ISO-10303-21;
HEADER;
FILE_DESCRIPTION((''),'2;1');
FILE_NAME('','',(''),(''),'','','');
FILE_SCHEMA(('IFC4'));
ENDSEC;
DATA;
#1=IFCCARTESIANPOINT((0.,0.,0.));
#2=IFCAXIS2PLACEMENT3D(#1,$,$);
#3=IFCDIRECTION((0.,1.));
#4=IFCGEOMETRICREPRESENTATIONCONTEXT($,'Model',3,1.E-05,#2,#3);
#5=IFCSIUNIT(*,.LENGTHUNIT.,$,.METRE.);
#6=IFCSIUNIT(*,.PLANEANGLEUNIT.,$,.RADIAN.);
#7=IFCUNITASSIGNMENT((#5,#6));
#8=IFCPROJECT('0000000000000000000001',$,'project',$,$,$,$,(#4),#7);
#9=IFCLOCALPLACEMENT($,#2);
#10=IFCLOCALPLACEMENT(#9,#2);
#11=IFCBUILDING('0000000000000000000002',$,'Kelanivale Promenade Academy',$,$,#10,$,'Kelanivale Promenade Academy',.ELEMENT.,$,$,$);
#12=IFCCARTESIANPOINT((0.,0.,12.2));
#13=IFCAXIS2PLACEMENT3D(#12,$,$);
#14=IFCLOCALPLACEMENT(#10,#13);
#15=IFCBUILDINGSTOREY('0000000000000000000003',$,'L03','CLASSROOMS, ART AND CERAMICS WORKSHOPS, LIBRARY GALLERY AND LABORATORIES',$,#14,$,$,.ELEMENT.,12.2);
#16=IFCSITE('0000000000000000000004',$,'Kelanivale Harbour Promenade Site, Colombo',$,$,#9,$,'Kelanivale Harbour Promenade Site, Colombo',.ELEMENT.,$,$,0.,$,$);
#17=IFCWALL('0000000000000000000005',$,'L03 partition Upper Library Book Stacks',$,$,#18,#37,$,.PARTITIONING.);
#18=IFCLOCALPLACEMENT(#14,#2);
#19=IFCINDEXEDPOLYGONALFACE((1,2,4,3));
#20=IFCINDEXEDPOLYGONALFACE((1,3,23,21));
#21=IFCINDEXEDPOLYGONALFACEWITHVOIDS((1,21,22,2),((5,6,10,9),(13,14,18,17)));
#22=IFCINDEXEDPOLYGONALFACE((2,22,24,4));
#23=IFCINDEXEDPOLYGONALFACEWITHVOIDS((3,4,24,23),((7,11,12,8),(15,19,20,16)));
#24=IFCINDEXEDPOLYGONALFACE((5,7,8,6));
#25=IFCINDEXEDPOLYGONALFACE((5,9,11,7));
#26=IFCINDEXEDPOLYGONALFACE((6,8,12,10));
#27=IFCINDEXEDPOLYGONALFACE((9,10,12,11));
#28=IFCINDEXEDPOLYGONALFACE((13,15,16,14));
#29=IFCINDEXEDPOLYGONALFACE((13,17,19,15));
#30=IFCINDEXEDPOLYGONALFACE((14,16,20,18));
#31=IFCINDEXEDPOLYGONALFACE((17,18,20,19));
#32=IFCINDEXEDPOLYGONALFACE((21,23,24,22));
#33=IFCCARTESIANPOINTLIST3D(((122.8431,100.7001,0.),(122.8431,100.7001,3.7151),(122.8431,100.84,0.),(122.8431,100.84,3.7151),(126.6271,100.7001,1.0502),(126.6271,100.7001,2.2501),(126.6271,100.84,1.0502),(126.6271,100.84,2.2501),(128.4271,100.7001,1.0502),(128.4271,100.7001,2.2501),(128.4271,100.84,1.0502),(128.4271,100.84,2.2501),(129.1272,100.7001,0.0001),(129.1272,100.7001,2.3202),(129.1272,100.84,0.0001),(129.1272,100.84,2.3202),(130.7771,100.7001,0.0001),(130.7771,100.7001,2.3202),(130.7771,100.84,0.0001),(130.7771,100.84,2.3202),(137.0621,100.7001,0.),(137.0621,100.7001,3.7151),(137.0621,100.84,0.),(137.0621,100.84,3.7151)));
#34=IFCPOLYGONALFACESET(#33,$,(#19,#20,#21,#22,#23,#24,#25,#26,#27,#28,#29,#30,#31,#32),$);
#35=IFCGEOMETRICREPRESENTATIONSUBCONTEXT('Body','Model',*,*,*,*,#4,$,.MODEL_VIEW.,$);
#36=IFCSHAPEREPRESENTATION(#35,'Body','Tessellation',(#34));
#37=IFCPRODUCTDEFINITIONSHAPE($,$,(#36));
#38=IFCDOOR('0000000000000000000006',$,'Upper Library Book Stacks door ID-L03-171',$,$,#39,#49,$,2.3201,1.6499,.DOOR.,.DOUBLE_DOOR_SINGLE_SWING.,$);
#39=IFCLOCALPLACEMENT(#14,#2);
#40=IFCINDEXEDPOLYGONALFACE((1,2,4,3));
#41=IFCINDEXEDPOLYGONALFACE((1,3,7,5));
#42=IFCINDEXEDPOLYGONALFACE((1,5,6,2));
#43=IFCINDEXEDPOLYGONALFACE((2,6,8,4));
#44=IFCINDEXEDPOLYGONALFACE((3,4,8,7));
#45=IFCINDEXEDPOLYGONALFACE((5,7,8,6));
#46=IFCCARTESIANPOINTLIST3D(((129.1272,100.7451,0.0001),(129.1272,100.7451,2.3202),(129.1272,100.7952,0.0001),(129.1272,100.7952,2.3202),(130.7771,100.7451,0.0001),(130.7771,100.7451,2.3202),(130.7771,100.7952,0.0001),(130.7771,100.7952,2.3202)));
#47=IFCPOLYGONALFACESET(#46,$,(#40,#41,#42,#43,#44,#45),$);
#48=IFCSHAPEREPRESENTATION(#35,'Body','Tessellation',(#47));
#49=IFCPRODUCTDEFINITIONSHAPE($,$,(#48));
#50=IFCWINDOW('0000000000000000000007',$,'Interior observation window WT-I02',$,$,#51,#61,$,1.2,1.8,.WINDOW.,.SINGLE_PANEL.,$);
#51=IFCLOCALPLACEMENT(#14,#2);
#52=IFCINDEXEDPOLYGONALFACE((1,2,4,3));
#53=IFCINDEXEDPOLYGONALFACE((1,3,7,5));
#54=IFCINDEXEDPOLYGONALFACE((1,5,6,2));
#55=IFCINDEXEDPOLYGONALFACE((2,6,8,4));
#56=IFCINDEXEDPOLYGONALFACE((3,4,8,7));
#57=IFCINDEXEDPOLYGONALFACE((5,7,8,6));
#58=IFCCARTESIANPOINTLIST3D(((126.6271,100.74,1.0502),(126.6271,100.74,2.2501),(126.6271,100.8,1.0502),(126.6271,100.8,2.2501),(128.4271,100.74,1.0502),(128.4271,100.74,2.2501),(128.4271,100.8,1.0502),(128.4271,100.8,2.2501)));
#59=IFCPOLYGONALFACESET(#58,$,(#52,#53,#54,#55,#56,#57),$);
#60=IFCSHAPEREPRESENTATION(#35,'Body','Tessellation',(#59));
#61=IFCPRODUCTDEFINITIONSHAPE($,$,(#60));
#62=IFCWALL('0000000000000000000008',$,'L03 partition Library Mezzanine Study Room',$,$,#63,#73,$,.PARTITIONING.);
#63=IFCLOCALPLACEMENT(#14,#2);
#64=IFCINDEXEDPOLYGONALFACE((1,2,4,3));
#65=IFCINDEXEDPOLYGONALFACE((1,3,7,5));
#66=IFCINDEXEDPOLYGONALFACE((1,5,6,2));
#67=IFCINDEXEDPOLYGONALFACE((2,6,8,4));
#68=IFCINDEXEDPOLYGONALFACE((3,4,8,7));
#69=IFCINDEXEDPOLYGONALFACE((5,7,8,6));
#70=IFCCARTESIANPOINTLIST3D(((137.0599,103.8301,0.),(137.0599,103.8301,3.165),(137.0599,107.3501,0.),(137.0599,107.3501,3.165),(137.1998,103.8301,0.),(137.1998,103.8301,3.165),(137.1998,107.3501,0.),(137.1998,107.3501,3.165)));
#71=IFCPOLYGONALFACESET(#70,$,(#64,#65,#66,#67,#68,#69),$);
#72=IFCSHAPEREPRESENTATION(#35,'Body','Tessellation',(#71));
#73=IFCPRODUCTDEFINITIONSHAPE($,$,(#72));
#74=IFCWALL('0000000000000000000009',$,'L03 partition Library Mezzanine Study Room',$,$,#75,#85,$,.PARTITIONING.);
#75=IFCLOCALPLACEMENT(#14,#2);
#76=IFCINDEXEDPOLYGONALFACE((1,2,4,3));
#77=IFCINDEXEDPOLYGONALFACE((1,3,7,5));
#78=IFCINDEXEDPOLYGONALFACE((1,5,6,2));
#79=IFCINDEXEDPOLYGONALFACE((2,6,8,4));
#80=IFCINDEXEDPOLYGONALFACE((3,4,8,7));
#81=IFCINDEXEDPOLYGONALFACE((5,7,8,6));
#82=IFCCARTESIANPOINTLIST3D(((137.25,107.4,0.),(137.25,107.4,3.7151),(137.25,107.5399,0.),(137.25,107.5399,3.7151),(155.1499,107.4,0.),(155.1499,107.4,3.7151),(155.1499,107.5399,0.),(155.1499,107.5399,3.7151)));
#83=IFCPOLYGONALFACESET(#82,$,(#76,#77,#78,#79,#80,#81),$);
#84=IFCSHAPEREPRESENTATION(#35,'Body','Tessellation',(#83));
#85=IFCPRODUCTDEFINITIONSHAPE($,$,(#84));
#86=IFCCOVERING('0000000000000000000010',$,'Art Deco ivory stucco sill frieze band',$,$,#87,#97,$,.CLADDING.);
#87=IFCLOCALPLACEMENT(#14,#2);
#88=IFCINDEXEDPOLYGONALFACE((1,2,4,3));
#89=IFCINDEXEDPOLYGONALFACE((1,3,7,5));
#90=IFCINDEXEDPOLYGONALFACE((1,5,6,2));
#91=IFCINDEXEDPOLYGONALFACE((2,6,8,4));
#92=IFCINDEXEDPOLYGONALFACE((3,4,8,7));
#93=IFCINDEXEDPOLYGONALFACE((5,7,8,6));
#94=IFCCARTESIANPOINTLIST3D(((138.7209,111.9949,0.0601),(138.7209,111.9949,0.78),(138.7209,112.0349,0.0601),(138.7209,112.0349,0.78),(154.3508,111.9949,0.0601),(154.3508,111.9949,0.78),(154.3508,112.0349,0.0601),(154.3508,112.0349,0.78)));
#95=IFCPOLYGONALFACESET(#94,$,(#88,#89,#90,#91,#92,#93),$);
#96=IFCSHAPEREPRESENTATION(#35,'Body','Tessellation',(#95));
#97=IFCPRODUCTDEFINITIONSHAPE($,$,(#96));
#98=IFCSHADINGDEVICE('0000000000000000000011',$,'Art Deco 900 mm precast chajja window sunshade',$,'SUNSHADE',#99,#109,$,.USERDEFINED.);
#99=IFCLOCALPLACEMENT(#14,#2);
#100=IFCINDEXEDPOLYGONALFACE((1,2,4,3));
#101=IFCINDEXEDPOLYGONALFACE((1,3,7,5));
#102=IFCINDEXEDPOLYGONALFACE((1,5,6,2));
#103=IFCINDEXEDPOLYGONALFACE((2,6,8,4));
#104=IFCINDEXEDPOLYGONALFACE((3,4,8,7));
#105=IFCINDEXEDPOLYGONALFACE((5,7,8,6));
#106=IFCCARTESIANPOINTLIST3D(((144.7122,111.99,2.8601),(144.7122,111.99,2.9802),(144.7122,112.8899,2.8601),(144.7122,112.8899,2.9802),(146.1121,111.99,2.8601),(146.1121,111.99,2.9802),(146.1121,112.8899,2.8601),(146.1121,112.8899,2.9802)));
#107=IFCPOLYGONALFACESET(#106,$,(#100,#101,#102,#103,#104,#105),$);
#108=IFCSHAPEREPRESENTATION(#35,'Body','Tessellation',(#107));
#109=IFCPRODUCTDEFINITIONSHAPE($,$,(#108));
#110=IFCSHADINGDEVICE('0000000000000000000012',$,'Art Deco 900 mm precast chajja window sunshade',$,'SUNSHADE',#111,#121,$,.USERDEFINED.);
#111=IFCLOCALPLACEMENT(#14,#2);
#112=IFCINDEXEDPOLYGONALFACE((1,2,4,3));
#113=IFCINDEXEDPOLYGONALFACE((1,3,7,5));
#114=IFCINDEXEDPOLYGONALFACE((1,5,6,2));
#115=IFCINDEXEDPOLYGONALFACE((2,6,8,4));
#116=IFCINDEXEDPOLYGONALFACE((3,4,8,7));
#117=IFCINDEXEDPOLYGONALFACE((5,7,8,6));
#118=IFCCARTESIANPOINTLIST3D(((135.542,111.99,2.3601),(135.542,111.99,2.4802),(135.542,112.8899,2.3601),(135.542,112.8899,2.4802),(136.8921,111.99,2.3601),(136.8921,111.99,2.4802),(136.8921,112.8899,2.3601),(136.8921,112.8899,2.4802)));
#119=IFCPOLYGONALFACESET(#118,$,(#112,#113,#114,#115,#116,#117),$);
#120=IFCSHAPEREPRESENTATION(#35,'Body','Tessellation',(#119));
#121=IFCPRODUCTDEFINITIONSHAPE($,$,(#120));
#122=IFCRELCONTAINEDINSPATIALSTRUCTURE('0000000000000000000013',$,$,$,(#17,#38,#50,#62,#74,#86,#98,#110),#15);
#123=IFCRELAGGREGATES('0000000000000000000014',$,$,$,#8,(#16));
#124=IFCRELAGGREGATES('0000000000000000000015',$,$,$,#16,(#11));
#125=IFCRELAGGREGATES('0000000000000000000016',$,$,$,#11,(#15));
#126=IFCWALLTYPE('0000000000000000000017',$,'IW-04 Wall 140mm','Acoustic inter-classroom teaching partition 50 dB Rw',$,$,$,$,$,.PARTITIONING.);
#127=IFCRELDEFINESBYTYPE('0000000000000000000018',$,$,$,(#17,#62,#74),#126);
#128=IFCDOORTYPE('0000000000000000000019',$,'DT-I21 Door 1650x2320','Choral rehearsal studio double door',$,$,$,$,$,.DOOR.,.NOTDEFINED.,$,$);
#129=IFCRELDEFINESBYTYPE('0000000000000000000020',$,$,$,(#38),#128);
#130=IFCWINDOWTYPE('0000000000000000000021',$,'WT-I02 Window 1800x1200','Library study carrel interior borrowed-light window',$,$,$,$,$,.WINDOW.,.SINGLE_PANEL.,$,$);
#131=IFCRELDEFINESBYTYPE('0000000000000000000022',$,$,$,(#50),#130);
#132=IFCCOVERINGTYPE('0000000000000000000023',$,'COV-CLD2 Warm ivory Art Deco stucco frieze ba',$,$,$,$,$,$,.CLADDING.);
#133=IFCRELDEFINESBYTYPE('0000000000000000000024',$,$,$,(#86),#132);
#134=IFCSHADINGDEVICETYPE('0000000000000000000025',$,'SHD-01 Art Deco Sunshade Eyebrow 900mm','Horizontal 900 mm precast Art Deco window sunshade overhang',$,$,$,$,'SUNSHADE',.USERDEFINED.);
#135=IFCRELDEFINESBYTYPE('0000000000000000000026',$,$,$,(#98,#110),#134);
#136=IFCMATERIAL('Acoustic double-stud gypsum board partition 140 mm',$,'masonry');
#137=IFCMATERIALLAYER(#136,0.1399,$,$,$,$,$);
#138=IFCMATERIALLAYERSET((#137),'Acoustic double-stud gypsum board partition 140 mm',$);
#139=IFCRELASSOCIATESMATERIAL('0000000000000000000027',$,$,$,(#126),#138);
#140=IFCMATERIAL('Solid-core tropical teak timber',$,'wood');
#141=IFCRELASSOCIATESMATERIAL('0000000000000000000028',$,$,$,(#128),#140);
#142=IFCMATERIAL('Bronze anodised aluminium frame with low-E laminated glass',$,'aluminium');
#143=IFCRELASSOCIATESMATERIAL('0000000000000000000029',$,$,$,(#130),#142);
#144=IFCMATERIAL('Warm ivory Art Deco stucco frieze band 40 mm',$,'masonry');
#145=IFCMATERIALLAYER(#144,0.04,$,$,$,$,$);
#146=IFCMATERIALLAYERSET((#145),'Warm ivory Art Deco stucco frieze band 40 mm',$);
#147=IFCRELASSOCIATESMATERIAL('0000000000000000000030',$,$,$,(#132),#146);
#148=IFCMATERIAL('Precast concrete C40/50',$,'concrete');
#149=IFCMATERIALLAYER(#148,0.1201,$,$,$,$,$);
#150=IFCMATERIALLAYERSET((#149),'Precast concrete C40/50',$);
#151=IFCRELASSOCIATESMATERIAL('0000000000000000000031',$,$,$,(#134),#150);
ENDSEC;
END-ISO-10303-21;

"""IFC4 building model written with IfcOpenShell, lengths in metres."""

from ifc_helpers import new_model, si_unit, direction, frame, frame_2d, origin, origin_2d, place, context, subcontext, project, spatial, rectangle, extrude, material, layer, layer_set, type_object, element, fill, save


model = new_model("IFC4")

# Units and contexts
model_context = context("Model", 3, precision=1e-05, world=origin(), true_north=direction((0.0, 1.0)))
body_context = subcontext(model_context, "Body", "Model", "MODEL_VIEW")
ifc_project = project(units=[si_unit("LENGTHUNIT", "METRE"), si_unit("PLANEANGLEUNIT", "RADIAN")], contexts=[model_context])

# Site, building, storey
site_placement = place(None, origin())
site = spatial("IfcSite", under=ifc_project, at=site_placement, Name="Kelanivale Harbour Promenade Site, Colombo", LongName="Kelanivale Harbour Promenade Site, Colombo", CompositionType="ELEMENT", RefElevation=0.0)
building_placement = place(site_placement, origin())
building = spatial("IfcBuilding", under=site, at=building_placement, Name="Kelanivale Promenade Academy", LongName="Kelanivale Promenade Academy", CompositionType="ELEMENT")
storey_placement = place(building_placement, frame((0.0, 0.0, 12.2)))
storey = spatial("IfcBuildingStorey", under=building, at=storey_placement, Name="L03", Description="CLASSROOMS, ART AND CERAMICS WORKSHOPS, LIBRARY GALLERY AND LABORATORIES", CompositionType="ELEMENT", Elevation=12.2)

# Shared definitions
ifc_material_1 = material(Name="Bronze anodised aluminium frame with low-E laminated glass", Category="aluminium")

# Wall, openings, door, window
ifc_material_2 = material(Name="Acoustic double-stud gypsum board partition 140 mm", Category="masonry")
ifc_layer_1 = layer(ifc_material_2, 0.1399)
ifc_layer_set_1 = layer_set([ifc_layer_1], Name="Acoustic double-stud gypsum board partition 140 mm")
wall_type_1 = type_object("IfcWallType", Name="IW-04 Wall 140mm", Description="Acoustic inter-classroom teaching partition 50 dB Rw", PredefinedType="PARTITIONING", material=ifc_layer_set_1)
wall_1_placement = place(storey_placement, frame((137.062, 100.77, 0.0), z_axis=(0.0, 0.0, 1.0), x_axis=(-1.0, 0.0, 0.0)))
wall_1 = element("IfcWall", 1, at=wall_1_placement, inside=storey, type_object=wall_type_1, Name="L03 partition Upper Library Book Stacks", PredefinedType="PARTITIONING", context=body_context, shape_type="SweptSolid", body=[
    extrude(rectangle(XDim=14.219, YDim=0.1399, at=frame_2d((7.1094, 0.0))), origin(), (0.0, 0.0, 1.0), 3.7151),
])
opening_1_placement = place(wall_1_placement, frame((6.2849, 0.0, 0.0)))
opening_1 = element("IfcOpeningElement", 2, at=opening_1_placement, cuts=wall_1, PredefinedType="OPENING", context=body_context, shape_type="SweptSolid", body=[
    extrude(rectangle(XDim=1.6499, YDim=2.3201, at=frame_2d((0.825, 1.1602))), frame((0.0, 0.0801, 0.0), z_axis=(0.0, -1.0, 0.0), x_axis=(1.0, 0.0, 0.0)), (0.0, 0.0, 1.0), 0.1599),
])
opening_2_placement = place(wall_1_placement, frame((8.635, 0.0, 1.05)))
opening_2 = element("IfcOpeningElement", 3, at=opening_2_placement, cuts=wall_1, PredefinedType="OPENING", context=body_context, shape_type="SweptSolid", body=[
    extrude(rectangle(XDim=1.8, YDim=1.2, at=frame_2d((0.8999, 0.6001))), frame((0.0, 0.0801, 0.0), z_axis=(0.0, -1.0, 0.0), x_axis=(1.0, 0.0, 0.0)), (0.0, 0.0, 1.0), 0.1599),
])
ifc_material_3 = material(Name="Solid-core tropical teak timber", Category="wood")
door_type = type_object("IfcDoorType", Name="DT-I21 Door 1650x2320", Description="Choral rehearsal studio double door", OperationType="NOTDEFINED", PredefinedType="DOOR", material=ifc_material_3)
door_placement = place(opening_1_placement, origin())
door = element("IfcDoor", 4, at=door_placement, inside=storey, type_object=door_type, Name="Upper Library Book Stacks door ID-L03-171", OperationType="DOUBLE_DOOR_SINGLE_SWING", OverallHeight=2.3201, OverallWidth=1.6499, PredefinedType="DOOR", context=body_context, shape_type="SweptSolid", body=[
    extrude(rectangle(XDim=1.6499, YDim=2.3201, at=frame_2d((0.825, 1.1602))), frame((0.0, 0.0249, 0.0), z_axis=(0.0, -1.0, 0.0), x_axis=(1.0, 0.0, 0.0)), (0.0, 0.0, 1.0), 0.05),
])
fill(opening_1, door)
window_type_1 = type_object("IfcWindowType", Name="WT-I02 Window 1800x1200", Description="Library study carrel interior borrowed-light window", PartitioningType="SINGLE_PANEL", PredefinedType="WINDOW", material=ifc_material_1)
window_1_placement = place(opening_2_placement, origin())
window_1 = element("IfcWindow", 5, at=window_1_placement, inside=storey, type_object=window_type_1, Name="Interior observation window WT-I02", OverallHeight=1.2, OverallWidth=1.8, PartitioningType="SINGLE_PANEL", PredefinedType="WINDOW", context=body_context, shape_type="SweptSolid", body=[
    extrude(rectangle(XDim=1.8, YDim=1.2, at=frame_2d((0.8999, 0.6001))), frame((0.0, 0.03, 0.0), z_axis=(0.0, -1.0, 0.0), x_axis=(1.0, 0.0, 0.0)), (0.0, 0.0, 1.0), 0.0601),
])
fill(opening_2, window_1)

# Walls
wall_2_placement = place(storey_placement, frame((137.1299, 103.8301, 0.0), z_axis=(0.0, 0.0, 1.0), x_axis=(0.0, 1.0, 0.0)))
element("IfcWall", 6, at=wall_2_placement, inside=storey, type_object=wall_type_1, Name="L03 partition Library Mezzanine Study Room", PredefinedType="PARTITIONING", context=body_context, shape_type="SweptSolid", body=[
    extrude(rectangle(XDim=3.52, YDim=0.1399, at=frame_2d((1.76, 0.0))), origin(), (0.0, 0.0, 1.0), 3.165),
])
wall_3_placement = place(storey_placement, frame((137.25, 107.47, 0.0), z_axis=(0.0, 0.0, 1.0), x_axis=(1.0, 0.0, 0.0)))
element("IfcWall", 7, at=wall_3_placement, inside=storey, type_object=wall_type_1, Name="L03 partition Library Mezzanine Study Room", PredefinedType="PARTITIONING", context=body_context, shape_type="SweptSolid", body=[
    extrude(rectangle(XDim=17.8999, YDim=0.1399, at=frame_2d((8.95, 0.0))), origin(), (0.0, 0.0, 1.0), 3.7151),
])

# Covering
ifc_material_4 = material(Name="Warm ivory Art Deco stucco frieze band 40 mm", Category="masonry")
ifc_layer_2 = layer(ifc_material_4, 0.04)
ifc_layer_set_2 = layer_set([ifc_layer_2], Name="Warm ivory Art Deco stucco frieze band 40 mm")
covering_type = type_object("IfcCoveringType", Name="COV-CLD2 Warm ivory Art Deco stucco frieze ba", PredefinedType="CLADDING", material=ifc_layer_set_2)
covering_placement = place(storey_placement, frame((146.5359, 112.0149, 0.0601), z_axis=(0.0, 0.0, 1.0), x_axis=(-1.0, 0.0, 0.0)))
element("IfcCovering", 8, at=covering_placement, inside=storey, type_object=covering_type, Name="Art Deco ivory stucco sill frieze band", PredefinedType="CLADDING", context=body_context, shape_type="SweptSolid", body=[
    extrude(rectangle(XDim=15.6299, YDim=0.04, at=origin_2d()), origin(), (0.0, 0.0, 1.0), 0.72),
])

# Shading devices
ifc_material_5 = material(Name="Precast concrete C40/50", Category="concrete")
ifc_layer_3 = layer(ifc_material_5, 0.1201)
ifc_layer_set_3 = layer_set([ifc_layer_3], Name="Precast concrete C40/50")
shading_device_type = type_object("IfcShadingDeviceType", Name="SHD-01 Art Deco Sunshade Eyebrow 900mm", Description="Horizontal 900 mm precast Art Deco window sunshade overhang", ElementType="SUNSHADE", PredefinedType="USERDEFINED", material=ifc_layer_set_3)
shading_device_1_placement = place(storey_placement, frame((145.4121, 112.4399, 2.8601), z_axis=(0.0, 0.0, 1.0), x_axis=(-1.0, 0.0, 0.0)))
element("IfcShadingDevice", 9, at=shading_device_1_placement, inside=storey, type_object=shading_device_type, Name="Art Deco 900 mm precast chajja window sunshade", ObjectType="SUNSHADE", PredefinedType="USERDEFINED", context=body_context, shape_type="SweptSolid", body=[
    extrude(rectangle(XDim=1.3999, YDim=0.8999, at=origin_2d()), origin(), (0.0, 0.0, 1.0), 0.1201),
])
shading_device_2_placement = place(storey_placement, frame((136.217, 112.4399, 2.3601), z_axis=(0.0, 0.0, 1.0), x_axis=(-1.0, 0.0, 0.0)))
element("IfcShadingDevice", 10, at=shading_device_2_placement, inside=storey, type_object=shading_device_type, Name="Art Deco 900 mm precast chajja window sunshade", ObjectType="SUNSHADE", PredefinedType="USERDEFINED", context=body_context, shape_type="SweptSolid", body=[
    extrude(rectangle(XDim=1.3501, YDim=0.8999, at=origin_2d()), origin(), (0.0, 0.0, 1.0), 0.1201),
])

save(model, "model.ifc")
